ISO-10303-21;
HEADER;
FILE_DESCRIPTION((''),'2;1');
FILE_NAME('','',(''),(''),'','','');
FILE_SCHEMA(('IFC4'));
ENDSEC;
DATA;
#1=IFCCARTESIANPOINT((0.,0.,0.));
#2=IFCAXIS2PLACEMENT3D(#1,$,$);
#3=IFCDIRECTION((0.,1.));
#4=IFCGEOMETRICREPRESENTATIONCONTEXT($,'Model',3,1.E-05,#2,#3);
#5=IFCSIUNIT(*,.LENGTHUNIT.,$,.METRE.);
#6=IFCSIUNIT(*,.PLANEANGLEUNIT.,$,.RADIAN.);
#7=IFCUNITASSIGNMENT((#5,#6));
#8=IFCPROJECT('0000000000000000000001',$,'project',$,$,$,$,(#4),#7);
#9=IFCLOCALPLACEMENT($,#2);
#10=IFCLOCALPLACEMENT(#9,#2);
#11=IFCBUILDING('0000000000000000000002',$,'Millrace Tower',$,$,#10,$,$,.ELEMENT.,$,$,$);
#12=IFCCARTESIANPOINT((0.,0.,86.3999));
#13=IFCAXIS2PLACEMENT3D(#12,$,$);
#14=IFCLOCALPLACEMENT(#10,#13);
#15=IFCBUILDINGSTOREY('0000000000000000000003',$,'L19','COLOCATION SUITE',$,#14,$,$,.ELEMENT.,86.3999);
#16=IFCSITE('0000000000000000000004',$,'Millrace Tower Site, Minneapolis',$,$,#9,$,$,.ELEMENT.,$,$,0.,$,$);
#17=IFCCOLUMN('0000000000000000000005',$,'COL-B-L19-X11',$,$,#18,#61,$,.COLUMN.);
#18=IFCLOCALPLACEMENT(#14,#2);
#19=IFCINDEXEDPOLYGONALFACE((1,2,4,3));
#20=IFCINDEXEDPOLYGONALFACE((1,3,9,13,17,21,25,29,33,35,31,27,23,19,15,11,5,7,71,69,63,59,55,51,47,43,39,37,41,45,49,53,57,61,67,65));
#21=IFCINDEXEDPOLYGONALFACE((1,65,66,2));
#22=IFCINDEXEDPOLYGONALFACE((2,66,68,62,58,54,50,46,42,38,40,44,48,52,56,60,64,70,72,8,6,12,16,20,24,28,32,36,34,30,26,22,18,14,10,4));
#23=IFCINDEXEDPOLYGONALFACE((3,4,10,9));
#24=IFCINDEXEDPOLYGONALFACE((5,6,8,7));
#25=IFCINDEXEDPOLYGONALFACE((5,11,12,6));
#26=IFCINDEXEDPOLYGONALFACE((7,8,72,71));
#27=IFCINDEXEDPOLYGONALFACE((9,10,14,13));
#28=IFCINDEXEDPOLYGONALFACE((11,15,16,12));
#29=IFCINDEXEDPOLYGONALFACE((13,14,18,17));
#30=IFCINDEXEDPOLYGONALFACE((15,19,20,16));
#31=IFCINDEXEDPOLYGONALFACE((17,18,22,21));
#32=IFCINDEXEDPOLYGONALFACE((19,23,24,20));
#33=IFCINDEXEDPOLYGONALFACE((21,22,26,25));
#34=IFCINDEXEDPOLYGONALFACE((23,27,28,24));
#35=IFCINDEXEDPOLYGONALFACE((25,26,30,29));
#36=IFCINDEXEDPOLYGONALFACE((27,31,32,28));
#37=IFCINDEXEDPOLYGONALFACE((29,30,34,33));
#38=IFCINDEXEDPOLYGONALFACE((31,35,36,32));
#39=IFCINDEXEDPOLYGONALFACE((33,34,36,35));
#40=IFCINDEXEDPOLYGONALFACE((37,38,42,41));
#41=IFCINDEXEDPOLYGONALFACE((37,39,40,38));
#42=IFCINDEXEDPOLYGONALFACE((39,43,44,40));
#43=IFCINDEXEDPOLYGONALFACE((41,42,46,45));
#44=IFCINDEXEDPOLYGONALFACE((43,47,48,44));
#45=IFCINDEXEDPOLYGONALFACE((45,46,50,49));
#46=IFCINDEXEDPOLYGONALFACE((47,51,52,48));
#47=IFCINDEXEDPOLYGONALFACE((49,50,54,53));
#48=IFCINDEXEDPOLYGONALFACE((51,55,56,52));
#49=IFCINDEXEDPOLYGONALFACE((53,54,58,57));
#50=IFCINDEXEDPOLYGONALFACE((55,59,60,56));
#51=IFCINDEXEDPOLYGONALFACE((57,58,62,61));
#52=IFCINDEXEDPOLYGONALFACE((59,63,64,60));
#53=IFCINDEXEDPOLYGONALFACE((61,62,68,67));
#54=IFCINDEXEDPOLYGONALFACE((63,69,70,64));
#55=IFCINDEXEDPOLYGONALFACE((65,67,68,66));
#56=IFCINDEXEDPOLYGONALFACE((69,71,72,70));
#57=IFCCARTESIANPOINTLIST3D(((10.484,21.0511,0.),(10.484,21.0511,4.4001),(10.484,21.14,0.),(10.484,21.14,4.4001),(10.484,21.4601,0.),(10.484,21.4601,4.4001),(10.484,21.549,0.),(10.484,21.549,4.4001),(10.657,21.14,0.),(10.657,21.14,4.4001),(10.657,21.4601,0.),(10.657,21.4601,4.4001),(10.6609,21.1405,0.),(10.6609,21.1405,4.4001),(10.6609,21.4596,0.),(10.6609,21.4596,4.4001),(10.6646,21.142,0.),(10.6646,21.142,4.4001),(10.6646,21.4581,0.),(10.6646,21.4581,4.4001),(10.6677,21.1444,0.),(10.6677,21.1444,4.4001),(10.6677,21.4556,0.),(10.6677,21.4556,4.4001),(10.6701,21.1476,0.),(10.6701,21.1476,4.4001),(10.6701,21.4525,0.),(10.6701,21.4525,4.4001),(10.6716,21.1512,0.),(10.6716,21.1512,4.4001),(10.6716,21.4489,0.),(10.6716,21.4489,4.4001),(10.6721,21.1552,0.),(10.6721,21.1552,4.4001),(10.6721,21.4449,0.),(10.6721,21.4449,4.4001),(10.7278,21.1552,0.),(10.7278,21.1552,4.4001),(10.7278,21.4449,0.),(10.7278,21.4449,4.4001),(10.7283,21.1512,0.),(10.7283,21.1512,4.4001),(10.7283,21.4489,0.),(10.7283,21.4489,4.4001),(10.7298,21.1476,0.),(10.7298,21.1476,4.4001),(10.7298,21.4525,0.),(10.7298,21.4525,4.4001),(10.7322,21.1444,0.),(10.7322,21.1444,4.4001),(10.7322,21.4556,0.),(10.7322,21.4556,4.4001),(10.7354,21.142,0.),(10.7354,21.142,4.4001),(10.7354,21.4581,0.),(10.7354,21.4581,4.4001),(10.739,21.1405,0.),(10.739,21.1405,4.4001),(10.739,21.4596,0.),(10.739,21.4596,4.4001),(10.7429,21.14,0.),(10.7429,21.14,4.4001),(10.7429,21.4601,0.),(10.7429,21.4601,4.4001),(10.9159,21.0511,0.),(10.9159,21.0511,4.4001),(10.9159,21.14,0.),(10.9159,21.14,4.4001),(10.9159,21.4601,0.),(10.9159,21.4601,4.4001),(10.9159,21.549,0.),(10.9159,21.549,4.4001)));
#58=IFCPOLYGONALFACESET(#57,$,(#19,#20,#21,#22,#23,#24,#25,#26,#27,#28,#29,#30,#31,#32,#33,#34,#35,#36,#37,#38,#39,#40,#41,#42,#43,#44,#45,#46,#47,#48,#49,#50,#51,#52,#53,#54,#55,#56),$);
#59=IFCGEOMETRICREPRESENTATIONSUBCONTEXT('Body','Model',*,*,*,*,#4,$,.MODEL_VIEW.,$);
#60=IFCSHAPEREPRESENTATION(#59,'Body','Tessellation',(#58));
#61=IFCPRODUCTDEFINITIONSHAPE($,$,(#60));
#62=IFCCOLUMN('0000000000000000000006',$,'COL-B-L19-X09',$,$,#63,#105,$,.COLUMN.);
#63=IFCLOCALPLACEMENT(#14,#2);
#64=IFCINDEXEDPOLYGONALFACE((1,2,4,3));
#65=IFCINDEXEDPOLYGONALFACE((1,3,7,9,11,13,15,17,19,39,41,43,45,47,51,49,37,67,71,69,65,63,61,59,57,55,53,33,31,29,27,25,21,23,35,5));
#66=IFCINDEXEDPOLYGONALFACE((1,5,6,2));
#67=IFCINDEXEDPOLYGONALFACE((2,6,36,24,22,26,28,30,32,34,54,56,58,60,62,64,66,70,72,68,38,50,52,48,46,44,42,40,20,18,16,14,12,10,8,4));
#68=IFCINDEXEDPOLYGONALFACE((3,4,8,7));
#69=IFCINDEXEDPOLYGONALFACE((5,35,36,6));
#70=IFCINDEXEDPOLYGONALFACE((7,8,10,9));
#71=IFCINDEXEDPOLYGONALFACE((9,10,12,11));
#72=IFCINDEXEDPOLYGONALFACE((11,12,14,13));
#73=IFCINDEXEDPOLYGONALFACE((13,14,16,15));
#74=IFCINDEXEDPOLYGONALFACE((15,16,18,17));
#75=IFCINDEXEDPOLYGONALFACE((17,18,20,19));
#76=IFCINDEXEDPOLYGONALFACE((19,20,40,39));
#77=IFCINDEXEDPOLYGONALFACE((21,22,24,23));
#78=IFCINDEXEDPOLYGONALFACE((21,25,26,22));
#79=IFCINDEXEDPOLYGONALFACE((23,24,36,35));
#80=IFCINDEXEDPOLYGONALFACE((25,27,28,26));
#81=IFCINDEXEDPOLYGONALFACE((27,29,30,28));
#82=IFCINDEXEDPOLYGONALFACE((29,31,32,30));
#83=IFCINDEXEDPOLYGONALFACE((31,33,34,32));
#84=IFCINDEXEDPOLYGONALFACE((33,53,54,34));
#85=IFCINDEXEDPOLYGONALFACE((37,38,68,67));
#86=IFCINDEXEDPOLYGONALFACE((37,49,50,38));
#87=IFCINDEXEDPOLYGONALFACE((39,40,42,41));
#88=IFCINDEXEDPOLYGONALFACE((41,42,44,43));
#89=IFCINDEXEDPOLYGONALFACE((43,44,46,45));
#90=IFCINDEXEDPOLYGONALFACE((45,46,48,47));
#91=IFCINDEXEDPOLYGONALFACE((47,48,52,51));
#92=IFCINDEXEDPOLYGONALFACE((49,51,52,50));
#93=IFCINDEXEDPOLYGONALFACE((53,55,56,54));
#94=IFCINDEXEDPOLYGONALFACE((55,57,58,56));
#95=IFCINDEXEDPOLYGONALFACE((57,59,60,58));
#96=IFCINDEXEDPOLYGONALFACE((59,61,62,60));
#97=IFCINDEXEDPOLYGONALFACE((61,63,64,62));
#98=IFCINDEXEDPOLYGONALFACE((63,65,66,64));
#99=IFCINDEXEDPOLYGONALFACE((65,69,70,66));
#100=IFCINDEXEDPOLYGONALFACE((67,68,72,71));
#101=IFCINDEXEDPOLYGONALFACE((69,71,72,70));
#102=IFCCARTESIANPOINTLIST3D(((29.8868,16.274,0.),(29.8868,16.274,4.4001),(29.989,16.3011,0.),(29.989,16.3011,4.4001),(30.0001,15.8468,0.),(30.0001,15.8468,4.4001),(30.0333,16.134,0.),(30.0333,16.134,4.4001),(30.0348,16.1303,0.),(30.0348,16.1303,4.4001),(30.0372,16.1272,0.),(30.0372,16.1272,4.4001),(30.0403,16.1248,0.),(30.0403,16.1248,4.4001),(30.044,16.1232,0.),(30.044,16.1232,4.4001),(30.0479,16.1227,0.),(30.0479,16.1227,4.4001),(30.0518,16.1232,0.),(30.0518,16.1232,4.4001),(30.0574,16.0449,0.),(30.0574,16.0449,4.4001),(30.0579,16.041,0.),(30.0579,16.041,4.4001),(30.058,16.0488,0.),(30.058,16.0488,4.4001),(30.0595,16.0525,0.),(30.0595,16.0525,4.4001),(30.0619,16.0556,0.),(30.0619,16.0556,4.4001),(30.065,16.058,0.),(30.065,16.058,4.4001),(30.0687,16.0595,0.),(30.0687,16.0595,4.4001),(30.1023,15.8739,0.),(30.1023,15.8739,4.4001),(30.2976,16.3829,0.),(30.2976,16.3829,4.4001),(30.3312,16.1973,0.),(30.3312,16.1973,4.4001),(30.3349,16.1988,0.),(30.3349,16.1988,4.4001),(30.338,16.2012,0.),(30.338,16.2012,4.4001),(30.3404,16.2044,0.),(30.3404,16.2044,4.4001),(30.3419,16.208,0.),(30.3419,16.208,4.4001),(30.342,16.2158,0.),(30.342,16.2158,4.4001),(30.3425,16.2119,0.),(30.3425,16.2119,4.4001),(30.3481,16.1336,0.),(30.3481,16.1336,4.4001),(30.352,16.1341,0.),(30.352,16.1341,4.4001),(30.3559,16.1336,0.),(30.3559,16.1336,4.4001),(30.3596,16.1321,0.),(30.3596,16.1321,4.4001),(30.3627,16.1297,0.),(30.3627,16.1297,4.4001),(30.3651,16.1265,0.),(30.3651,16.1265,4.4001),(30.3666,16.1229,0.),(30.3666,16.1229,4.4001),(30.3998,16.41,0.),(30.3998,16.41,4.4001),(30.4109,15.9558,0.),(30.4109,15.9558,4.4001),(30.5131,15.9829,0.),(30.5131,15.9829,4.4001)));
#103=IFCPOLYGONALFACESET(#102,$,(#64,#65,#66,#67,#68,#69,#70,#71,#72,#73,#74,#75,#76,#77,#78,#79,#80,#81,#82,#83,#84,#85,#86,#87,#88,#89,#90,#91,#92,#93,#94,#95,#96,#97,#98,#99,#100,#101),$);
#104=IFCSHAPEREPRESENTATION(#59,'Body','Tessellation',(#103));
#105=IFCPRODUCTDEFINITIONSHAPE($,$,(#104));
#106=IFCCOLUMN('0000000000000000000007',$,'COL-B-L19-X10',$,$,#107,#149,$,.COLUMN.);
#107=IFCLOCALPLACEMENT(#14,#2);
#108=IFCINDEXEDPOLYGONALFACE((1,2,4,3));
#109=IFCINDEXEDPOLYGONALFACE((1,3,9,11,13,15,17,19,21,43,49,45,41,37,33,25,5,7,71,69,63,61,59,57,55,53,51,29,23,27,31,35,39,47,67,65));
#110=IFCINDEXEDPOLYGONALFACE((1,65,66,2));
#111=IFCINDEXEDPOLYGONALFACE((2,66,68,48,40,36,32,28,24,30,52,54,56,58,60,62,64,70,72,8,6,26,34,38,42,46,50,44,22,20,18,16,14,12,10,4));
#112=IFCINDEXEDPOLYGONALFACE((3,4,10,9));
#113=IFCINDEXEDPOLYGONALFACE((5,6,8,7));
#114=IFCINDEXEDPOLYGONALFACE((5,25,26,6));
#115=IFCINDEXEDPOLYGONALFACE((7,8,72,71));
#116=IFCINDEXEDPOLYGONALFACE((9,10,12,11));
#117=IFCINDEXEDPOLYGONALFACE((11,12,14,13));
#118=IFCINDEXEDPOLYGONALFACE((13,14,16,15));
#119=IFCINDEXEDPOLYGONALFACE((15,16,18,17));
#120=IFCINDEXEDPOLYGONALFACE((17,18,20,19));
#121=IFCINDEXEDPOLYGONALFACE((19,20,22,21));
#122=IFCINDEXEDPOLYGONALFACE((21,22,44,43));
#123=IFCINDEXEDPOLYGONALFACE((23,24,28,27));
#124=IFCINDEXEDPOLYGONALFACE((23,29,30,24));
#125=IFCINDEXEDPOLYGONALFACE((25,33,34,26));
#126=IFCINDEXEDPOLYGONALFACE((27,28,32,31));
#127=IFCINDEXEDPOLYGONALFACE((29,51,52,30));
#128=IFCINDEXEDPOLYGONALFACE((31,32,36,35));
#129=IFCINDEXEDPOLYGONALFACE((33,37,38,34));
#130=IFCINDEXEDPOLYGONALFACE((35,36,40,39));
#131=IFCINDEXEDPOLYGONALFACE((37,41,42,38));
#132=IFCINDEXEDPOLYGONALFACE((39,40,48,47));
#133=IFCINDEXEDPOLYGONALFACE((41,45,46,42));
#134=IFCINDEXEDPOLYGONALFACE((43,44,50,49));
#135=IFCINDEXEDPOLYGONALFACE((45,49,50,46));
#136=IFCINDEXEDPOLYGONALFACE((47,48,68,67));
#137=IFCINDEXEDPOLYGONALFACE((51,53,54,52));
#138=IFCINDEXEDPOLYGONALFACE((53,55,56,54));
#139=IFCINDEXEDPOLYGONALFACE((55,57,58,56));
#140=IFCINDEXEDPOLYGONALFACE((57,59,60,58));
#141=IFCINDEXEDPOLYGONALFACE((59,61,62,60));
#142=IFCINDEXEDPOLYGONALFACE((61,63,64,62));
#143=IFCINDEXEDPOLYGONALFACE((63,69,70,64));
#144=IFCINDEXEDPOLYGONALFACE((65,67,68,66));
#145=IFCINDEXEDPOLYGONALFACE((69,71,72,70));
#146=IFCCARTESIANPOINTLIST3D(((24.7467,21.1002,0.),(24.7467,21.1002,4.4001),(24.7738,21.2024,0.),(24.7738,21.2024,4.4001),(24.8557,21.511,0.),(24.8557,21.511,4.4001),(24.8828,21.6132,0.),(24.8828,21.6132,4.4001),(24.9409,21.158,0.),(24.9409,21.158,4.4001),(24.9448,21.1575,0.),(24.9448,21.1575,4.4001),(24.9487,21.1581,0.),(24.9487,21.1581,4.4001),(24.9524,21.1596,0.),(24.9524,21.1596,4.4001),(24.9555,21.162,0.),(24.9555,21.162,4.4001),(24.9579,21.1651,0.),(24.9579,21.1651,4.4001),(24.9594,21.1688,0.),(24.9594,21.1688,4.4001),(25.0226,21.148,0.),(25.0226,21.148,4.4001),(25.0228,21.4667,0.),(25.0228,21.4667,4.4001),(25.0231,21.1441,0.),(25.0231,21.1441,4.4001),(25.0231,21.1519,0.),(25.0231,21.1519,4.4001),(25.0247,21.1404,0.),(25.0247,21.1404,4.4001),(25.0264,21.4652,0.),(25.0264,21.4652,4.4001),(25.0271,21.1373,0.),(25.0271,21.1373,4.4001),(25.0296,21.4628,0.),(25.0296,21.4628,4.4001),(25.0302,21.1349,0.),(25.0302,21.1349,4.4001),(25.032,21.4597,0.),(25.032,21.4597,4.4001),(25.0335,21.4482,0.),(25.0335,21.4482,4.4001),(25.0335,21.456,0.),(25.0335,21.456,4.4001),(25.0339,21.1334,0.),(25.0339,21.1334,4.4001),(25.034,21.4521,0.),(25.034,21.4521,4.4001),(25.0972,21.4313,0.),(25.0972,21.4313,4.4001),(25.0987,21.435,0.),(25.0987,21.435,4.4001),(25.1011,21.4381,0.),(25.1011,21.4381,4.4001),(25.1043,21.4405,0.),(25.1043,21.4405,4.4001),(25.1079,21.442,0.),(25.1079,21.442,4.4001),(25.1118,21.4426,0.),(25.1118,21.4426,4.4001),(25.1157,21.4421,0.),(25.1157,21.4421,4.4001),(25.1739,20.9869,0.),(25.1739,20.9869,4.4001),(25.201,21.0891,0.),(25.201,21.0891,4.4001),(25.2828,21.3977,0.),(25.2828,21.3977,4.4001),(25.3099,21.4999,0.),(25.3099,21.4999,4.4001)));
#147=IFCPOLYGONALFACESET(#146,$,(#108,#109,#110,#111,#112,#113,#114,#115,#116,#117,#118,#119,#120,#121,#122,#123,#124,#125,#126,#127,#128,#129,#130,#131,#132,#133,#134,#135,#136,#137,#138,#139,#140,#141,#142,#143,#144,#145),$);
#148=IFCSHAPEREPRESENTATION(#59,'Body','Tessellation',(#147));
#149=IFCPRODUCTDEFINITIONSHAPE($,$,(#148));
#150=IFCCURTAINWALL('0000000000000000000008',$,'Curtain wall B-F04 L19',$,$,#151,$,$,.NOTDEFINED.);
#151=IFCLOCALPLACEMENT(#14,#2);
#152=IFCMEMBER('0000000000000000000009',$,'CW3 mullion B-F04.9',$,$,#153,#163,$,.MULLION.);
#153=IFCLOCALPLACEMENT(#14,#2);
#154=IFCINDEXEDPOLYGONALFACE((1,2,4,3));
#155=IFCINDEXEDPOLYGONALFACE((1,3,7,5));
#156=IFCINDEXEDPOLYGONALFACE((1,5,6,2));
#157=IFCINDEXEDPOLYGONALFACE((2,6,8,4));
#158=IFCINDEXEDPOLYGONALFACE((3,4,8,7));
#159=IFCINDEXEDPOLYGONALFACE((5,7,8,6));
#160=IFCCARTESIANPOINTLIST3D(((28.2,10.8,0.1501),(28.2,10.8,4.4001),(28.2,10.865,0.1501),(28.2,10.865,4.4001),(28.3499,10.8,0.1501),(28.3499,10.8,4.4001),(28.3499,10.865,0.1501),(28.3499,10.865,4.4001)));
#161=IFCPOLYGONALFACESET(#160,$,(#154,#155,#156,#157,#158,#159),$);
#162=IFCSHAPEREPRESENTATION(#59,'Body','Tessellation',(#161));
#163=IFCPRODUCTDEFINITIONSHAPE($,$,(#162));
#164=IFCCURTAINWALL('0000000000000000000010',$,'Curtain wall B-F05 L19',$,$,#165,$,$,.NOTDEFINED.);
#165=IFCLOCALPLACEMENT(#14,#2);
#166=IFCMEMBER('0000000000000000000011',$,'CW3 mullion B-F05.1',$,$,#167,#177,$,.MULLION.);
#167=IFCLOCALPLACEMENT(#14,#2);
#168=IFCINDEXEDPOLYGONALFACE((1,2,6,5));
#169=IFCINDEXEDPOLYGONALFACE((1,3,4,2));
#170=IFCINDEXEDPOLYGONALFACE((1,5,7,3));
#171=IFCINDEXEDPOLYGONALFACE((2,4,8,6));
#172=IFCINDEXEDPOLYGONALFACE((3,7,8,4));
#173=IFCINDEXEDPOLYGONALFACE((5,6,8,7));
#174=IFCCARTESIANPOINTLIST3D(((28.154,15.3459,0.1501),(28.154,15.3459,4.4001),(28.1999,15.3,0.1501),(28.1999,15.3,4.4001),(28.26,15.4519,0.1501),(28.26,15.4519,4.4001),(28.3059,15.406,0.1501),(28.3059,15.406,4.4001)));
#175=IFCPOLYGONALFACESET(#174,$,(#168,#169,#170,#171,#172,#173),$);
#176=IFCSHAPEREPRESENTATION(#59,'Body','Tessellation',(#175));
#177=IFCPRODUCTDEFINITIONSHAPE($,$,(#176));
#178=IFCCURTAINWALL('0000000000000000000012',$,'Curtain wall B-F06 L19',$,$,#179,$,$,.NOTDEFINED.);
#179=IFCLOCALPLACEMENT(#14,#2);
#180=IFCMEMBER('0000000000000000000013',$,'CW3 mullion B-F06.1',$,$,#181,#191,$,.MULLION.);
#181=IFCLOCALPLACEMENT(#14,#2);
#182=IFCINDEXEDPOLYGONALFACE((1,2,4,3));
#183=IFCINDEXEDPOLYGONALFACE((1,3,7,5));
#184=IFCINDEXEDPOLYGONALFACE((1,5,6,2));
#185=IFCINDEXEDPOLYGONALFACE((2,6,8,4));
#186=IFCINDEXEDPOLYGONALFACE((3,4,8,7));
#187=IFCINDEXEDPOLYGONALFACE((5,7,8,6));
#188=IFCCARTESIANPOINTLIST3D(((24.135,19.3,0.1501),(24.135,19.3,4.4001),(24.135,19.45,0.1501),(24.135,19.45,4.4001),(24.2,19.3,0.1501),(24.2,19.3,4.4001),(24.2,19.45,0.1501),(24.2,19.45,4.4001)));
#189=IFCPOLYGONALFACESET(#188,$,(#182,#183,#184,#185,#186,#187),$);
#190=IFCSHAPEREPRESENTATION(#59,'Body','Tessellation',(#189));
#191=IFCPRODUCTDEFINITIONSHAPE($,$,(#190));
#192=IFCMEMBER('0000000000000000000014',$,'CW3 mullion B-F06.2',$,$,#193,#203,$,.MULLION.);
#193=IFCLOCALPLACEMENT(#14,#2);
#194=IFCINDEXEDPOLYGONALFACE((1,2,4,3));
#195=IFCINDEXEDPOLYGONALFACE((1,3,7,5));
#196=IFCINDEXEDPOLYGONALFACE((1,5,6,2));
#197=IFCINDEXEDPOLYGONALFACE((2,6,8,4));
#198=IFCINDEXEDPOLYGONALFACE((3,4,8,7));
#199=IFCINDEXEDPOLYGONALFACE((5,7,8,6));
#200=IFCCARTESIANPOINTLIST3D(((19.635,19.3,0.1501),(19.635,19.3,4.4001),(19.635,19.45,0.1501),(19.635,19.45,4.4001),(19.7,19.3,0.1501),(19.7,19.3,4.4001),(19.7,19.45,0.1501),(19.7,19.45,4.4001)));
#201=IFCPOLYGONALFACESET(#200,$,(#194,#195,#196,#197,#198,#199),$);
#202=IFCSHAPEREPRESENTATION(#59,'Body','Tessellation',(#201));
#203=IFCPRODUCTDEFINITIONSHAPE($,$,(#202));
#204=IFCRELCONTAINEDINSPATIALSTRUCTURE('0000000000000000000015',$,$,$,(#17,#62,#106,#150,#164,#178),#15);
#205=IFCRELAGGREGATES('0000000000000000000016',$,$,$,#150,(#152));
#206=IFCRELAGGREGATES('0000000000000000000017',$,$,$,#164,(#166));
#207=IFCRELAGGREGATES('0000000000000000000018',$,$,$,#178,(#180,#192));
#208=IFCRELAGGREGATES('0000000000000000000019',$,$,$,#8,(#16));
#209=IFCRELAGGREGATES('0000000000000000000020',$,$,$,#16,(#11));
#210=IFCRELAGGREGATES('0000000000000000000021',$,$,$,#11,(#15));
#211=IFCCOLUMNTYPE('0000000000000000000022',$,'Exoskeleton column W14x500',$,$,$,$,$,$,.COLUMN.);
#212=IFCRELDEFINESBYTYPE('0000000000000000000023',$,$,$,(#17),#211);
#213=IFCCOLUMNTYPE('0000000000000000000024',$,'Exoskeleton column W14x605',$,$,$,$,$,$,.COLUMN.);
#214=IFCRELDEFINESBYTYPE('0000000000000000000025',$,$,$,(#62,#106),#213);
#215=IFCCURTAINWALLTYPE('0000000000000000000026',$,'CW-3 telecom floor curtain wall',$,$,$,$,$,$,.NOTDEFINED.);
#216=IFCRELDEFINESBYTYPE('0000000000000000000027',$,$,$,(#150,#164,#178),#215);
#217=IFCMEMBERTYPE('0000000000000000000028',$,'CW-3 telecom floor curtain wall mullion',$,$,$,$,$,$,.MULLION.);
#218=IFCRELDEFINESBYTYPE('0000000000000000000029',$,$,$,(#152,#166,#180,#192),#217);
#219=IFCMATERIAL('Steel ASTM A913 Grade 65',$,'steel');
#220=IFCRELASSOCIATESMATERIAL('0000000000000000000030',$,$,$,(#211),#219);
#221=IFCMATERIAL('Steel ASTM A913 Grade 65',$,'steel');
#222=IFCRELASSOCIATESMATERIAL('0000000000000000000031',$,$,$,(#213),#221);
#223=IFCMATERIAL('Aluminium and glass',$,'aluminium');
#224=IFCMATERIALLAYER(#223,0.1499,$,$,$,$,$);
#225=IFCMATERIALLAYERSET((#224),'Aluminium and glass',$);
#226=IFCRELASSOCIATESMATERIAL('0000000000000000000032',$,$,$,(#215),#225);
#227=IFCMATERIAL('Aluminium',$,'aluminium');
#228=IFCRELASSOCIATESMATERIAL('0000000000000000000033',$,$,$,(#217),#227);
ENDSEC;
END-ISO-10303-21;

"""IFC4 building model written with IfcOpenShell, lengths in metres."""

from ifc_helpers import new_model, si_unit, direction, frame, origin, origin_2d, place, context, subcontext, project, spatial, rectangle, i_section, extrude, material, layer, layer_set, material_profile, profile_set, type_object, element, aggregate, save


model = new_model("IFC4")

# Units and contexts
model_context = context("Model", 3, precision=1e-05, world=origin(), true_north=direction((0.0, 1.0)))
body_context = subcontext(model_context, "Body", "Model", "MODEL_VIEW")
ifc_project = project(units=[si_unit("LENGTHUNIT", "METRE"), si_unit("PLANEANGLEUNIT", "RADIAN")], contexts=[model_context])

# Site, building, storey
site_placement = place(None, origin())
site = spatial("IfcSite", under=ifc_project, at=site_placement, Name="Millrace Tower Site, Minneapolis", CompositionType="ELEMENT", RefElevation=0.0)
building_placement = place(site_placement, origin())
building = spatial("IfcBuilding", under=site, at=building_placement, Name="Millrace Tower", CompositionType="ELEMENT")
storey_placement = place(building_placement, frame((0.0, 0.0, 86.3999)))
storey = spatial("IfcBuildingStorey", under=building, at=storey_placement, Name="L19", Description="COLOCATION SUITE", CompositionType="ELEMENT", Elevation=86.3999)

# Columns
ifc_material_1 = material(Name="Steel ASTM A913 Grade 65", Category="steel")
ifc_material_profile_1 = material_profile(ifc_material_1, i_section(OverallWidth=0.4319, OverallDepth=0.4978, WebThickness=0.0557, FlangeThickness=0.0889, FilletRadius=0.0151, at=origin_2d()))
ifc_profile_set_1 = profile_set([ifc_material_profile_1], Name="Steel ASTM A913 Grade 65")
column_type_1 = type_object("IfcColumnType", Name="Exoskeleton column W14x500", PredefinedType="COLUMN", material=ifc_profile_set_1)
column_placement = place(storey_placement, frame((10.7, 21.3, 0.0), z_axis=(0.0, 0.0, 1.0), x_axis=(-1.0, 0.0, 0.0)))
element("IfcColumn", 1, at=column_placement, inside=storey, type_object=column_type_1, Name="COL-B-L19-X11", PredefinedType="COLUMN", context=body_context, shape_type="SweptSolid", body=[
    extrude(i_section(OverallWidth=0.4319, OverallDepth=0.4978, WebThickness=0.0557, FlangeThickness=0.0889, FilletRadius=0.0151, at=origin_2d()), origin(), (0.0, 0.0, 1.0), 4.4001),
])
ifc_material_2 = material(Name="Steel ASTM A913 Grade 65", Category="steel")
ifc_material_profile_2 = material_profile(ifc_material_2, i_section(OverallWidth=0.4419, OverallDepth=0.5308, WebThickness=0.0659, FlangeThickness=0.1057, FilletRadius=0.0151, at=origin_2d()))
ifc_profile_set_2 = profile_set([ifc_material_profile_2], Name="Steel ASTM A913 Grade 65")
column_type_2 = type_object("IfcColumnType", Name="Exoskeleton column W14x605", PredefinedType="COLUMN", material=ifc_profile_set_2)
for number, where, z_axis, x_axis, name in (
    (2, (30.2, 16.1284, 0.0), (0.0, 0.0, 1.0), (-0.256347, 0.966585, 0.0), "COL-B-L19-X09"),
    (3, (25.0283, 21.3, 0.0), (0.0, 0.0, 1.0), (-0.966585, 0.256347, 0.0), "COL-B-L19-X10"),
):
    element("IfcColumn", number, at=place(storey_placement, frame(where, z_axis=z_axis, x_axis=x_axis)), inside=storey, type_object=column_type_2, Name=name, PredefinedType="COLUMN", context=body_context, shape_type="SweptSolid", body=[
        extrude(i_section(OverallWidth=0.4419, OverallDepth=0.5308, WebThickness=0.0659, FlangeThickness=0.1057, FilletRadius=0.0151, at=origin_2d()), origin(), (0.0, 0.0, 1.0), 4.4001),
    ])

# Curtain walls, members
ifc_material_3 = material(Name="Aluminium and glass", Category="aluminium")
ifc_layer_1 = layer(ifc_material_3, 0.1499)
ifc_layer_set_1 = layer_set([ifc_layer_1], Name="Aluminium and glass")
curtain_wall_type = type_object("IfcCurtainWallType", Name="CW-3 telecom floor curtain wall", PredefinedType="NOTDEFINED", material=ifc_layer_set_1)
placement = place(storey_placement, origin())
curtain_wall_1 = element("IfcCurtainWall", 4, at=placement, inside=storey, type_object=curtain_wall_type, Name="Curtain wall B-F04 L19", PredefinedType="NOTDEFINED")
ifc_material_4 = material(Name="Aluminium", Category="aluminium")
ifc_material_profile_3 = material_profile(ifc_material_4, rectangle(XDim=0.0649, YDim=0.1499, at=origin_2d()))
ifc_profile_set_3 = profile_set([ifc_material_profile_3], Name="Aluminium")
member_type_1 = type_object("IfcMemberType", Name="CW-3 telecom floor curtain wall mullion", PredefinedType="MULLION", material=ifc_profile_set_3)
member_1_placement = place(storey_placement, frame((28.2749, 10.8325, 0.1501), z_axis=(0.0, 0.0, 1.0), x_axis=(0.0, 1.0, 0.0)))
member_1 = element("IfcMember", 5, at=member_1_placement, type_object=member_type_1, Name="CW3 mullion B-F04.9", PredefinedType="MULLION", context=body_context, shape_type="SweptSolid", body=[
    extrude(rectangle(XDim=0.0649, YDim=0.1499, at=origin_2d()), origin(), (0.0, 0.0, 1.0), 4.25),
])
aggregate(curtain_wall_1, [member_1])
curtain_wall_2 = element("IfcCurtainWall", 6, at=placement, inside=storey, type_object=curtain_wall_type, Name="Curtain wall B-F05 L19", PredefinedType="NOTDEFINED")
member_2_placement = place(storey_placement, frame((28.23, 15.376, 0.1501), z_axis=(0.0, 0.0, 1.0), x_axis=(-0.707107, 0.707107, 0.0)))
member_2 = element("IfcMember", 7, at=member_2_placement, type_object=member_type_1, Name="CW3 mullion B-F05.1", PredefinedType="MULLION", context=body_context, shape_type="SweptSolid", body=[
    extrude(rectangle(XDim=0.0649, YDim=0.1499, at=origin_2d()), origin(), (0.0, 0.0, 1.0), 4.25),
])

# Curtain wall, members
curtain_wall_3 = element("IfcCurtainWall", 8, at=placement, inside=storey, type_object=curtain_wall_type, Name="Curtain wall B-F06 L19", PredefinedType="NOTDEFINED")
member_3_placement = place(storey_placement, frame((24.1675, 19.375, 0.1501), z_axis=(0.0, 0.0, 1.0), x_axis=(-1.0, 0.0, 0.0)))
member_3 = element("IfcMember", 9, at=member_3_placement, type_object=member_type_1, Name="CW3 mullion B-F06.1", PredefinedType="MULLION", context=body_context, shape_type="SweptSolid", body=[
    extrude(rectangle(XDim=0.0649, YDim=0.1499, at=origin_2d()), origin(), (0.0, 0.0, 1.0), 4.25),
])
member_4_placement = place(storey_placement, frame((19.6675, 19.375, 0.1501), z_axis=(0.0, 0.0, 1.0), x_axis=(-1.0, 0.0, 0.0)))
member_4 = element("IfcMember", 10, at=member_4_placement, type_object=member_type_1, Name="CW3 mullion B-F06.2", PredefinedType="MULLION", context=body_context, shape_type="SweptSolid", body=[
    extrude(rectangle(XDim=0.0649, YDim=0.1499, at=origin_2d()), origin(), (0.0, 0.0, 1.0), 4.25),
])

aggregate(curtain_wall_2, [member_2])
aggregate(curtain_wall_3, [member_3, member_4])

save(model, "model.ifc")
